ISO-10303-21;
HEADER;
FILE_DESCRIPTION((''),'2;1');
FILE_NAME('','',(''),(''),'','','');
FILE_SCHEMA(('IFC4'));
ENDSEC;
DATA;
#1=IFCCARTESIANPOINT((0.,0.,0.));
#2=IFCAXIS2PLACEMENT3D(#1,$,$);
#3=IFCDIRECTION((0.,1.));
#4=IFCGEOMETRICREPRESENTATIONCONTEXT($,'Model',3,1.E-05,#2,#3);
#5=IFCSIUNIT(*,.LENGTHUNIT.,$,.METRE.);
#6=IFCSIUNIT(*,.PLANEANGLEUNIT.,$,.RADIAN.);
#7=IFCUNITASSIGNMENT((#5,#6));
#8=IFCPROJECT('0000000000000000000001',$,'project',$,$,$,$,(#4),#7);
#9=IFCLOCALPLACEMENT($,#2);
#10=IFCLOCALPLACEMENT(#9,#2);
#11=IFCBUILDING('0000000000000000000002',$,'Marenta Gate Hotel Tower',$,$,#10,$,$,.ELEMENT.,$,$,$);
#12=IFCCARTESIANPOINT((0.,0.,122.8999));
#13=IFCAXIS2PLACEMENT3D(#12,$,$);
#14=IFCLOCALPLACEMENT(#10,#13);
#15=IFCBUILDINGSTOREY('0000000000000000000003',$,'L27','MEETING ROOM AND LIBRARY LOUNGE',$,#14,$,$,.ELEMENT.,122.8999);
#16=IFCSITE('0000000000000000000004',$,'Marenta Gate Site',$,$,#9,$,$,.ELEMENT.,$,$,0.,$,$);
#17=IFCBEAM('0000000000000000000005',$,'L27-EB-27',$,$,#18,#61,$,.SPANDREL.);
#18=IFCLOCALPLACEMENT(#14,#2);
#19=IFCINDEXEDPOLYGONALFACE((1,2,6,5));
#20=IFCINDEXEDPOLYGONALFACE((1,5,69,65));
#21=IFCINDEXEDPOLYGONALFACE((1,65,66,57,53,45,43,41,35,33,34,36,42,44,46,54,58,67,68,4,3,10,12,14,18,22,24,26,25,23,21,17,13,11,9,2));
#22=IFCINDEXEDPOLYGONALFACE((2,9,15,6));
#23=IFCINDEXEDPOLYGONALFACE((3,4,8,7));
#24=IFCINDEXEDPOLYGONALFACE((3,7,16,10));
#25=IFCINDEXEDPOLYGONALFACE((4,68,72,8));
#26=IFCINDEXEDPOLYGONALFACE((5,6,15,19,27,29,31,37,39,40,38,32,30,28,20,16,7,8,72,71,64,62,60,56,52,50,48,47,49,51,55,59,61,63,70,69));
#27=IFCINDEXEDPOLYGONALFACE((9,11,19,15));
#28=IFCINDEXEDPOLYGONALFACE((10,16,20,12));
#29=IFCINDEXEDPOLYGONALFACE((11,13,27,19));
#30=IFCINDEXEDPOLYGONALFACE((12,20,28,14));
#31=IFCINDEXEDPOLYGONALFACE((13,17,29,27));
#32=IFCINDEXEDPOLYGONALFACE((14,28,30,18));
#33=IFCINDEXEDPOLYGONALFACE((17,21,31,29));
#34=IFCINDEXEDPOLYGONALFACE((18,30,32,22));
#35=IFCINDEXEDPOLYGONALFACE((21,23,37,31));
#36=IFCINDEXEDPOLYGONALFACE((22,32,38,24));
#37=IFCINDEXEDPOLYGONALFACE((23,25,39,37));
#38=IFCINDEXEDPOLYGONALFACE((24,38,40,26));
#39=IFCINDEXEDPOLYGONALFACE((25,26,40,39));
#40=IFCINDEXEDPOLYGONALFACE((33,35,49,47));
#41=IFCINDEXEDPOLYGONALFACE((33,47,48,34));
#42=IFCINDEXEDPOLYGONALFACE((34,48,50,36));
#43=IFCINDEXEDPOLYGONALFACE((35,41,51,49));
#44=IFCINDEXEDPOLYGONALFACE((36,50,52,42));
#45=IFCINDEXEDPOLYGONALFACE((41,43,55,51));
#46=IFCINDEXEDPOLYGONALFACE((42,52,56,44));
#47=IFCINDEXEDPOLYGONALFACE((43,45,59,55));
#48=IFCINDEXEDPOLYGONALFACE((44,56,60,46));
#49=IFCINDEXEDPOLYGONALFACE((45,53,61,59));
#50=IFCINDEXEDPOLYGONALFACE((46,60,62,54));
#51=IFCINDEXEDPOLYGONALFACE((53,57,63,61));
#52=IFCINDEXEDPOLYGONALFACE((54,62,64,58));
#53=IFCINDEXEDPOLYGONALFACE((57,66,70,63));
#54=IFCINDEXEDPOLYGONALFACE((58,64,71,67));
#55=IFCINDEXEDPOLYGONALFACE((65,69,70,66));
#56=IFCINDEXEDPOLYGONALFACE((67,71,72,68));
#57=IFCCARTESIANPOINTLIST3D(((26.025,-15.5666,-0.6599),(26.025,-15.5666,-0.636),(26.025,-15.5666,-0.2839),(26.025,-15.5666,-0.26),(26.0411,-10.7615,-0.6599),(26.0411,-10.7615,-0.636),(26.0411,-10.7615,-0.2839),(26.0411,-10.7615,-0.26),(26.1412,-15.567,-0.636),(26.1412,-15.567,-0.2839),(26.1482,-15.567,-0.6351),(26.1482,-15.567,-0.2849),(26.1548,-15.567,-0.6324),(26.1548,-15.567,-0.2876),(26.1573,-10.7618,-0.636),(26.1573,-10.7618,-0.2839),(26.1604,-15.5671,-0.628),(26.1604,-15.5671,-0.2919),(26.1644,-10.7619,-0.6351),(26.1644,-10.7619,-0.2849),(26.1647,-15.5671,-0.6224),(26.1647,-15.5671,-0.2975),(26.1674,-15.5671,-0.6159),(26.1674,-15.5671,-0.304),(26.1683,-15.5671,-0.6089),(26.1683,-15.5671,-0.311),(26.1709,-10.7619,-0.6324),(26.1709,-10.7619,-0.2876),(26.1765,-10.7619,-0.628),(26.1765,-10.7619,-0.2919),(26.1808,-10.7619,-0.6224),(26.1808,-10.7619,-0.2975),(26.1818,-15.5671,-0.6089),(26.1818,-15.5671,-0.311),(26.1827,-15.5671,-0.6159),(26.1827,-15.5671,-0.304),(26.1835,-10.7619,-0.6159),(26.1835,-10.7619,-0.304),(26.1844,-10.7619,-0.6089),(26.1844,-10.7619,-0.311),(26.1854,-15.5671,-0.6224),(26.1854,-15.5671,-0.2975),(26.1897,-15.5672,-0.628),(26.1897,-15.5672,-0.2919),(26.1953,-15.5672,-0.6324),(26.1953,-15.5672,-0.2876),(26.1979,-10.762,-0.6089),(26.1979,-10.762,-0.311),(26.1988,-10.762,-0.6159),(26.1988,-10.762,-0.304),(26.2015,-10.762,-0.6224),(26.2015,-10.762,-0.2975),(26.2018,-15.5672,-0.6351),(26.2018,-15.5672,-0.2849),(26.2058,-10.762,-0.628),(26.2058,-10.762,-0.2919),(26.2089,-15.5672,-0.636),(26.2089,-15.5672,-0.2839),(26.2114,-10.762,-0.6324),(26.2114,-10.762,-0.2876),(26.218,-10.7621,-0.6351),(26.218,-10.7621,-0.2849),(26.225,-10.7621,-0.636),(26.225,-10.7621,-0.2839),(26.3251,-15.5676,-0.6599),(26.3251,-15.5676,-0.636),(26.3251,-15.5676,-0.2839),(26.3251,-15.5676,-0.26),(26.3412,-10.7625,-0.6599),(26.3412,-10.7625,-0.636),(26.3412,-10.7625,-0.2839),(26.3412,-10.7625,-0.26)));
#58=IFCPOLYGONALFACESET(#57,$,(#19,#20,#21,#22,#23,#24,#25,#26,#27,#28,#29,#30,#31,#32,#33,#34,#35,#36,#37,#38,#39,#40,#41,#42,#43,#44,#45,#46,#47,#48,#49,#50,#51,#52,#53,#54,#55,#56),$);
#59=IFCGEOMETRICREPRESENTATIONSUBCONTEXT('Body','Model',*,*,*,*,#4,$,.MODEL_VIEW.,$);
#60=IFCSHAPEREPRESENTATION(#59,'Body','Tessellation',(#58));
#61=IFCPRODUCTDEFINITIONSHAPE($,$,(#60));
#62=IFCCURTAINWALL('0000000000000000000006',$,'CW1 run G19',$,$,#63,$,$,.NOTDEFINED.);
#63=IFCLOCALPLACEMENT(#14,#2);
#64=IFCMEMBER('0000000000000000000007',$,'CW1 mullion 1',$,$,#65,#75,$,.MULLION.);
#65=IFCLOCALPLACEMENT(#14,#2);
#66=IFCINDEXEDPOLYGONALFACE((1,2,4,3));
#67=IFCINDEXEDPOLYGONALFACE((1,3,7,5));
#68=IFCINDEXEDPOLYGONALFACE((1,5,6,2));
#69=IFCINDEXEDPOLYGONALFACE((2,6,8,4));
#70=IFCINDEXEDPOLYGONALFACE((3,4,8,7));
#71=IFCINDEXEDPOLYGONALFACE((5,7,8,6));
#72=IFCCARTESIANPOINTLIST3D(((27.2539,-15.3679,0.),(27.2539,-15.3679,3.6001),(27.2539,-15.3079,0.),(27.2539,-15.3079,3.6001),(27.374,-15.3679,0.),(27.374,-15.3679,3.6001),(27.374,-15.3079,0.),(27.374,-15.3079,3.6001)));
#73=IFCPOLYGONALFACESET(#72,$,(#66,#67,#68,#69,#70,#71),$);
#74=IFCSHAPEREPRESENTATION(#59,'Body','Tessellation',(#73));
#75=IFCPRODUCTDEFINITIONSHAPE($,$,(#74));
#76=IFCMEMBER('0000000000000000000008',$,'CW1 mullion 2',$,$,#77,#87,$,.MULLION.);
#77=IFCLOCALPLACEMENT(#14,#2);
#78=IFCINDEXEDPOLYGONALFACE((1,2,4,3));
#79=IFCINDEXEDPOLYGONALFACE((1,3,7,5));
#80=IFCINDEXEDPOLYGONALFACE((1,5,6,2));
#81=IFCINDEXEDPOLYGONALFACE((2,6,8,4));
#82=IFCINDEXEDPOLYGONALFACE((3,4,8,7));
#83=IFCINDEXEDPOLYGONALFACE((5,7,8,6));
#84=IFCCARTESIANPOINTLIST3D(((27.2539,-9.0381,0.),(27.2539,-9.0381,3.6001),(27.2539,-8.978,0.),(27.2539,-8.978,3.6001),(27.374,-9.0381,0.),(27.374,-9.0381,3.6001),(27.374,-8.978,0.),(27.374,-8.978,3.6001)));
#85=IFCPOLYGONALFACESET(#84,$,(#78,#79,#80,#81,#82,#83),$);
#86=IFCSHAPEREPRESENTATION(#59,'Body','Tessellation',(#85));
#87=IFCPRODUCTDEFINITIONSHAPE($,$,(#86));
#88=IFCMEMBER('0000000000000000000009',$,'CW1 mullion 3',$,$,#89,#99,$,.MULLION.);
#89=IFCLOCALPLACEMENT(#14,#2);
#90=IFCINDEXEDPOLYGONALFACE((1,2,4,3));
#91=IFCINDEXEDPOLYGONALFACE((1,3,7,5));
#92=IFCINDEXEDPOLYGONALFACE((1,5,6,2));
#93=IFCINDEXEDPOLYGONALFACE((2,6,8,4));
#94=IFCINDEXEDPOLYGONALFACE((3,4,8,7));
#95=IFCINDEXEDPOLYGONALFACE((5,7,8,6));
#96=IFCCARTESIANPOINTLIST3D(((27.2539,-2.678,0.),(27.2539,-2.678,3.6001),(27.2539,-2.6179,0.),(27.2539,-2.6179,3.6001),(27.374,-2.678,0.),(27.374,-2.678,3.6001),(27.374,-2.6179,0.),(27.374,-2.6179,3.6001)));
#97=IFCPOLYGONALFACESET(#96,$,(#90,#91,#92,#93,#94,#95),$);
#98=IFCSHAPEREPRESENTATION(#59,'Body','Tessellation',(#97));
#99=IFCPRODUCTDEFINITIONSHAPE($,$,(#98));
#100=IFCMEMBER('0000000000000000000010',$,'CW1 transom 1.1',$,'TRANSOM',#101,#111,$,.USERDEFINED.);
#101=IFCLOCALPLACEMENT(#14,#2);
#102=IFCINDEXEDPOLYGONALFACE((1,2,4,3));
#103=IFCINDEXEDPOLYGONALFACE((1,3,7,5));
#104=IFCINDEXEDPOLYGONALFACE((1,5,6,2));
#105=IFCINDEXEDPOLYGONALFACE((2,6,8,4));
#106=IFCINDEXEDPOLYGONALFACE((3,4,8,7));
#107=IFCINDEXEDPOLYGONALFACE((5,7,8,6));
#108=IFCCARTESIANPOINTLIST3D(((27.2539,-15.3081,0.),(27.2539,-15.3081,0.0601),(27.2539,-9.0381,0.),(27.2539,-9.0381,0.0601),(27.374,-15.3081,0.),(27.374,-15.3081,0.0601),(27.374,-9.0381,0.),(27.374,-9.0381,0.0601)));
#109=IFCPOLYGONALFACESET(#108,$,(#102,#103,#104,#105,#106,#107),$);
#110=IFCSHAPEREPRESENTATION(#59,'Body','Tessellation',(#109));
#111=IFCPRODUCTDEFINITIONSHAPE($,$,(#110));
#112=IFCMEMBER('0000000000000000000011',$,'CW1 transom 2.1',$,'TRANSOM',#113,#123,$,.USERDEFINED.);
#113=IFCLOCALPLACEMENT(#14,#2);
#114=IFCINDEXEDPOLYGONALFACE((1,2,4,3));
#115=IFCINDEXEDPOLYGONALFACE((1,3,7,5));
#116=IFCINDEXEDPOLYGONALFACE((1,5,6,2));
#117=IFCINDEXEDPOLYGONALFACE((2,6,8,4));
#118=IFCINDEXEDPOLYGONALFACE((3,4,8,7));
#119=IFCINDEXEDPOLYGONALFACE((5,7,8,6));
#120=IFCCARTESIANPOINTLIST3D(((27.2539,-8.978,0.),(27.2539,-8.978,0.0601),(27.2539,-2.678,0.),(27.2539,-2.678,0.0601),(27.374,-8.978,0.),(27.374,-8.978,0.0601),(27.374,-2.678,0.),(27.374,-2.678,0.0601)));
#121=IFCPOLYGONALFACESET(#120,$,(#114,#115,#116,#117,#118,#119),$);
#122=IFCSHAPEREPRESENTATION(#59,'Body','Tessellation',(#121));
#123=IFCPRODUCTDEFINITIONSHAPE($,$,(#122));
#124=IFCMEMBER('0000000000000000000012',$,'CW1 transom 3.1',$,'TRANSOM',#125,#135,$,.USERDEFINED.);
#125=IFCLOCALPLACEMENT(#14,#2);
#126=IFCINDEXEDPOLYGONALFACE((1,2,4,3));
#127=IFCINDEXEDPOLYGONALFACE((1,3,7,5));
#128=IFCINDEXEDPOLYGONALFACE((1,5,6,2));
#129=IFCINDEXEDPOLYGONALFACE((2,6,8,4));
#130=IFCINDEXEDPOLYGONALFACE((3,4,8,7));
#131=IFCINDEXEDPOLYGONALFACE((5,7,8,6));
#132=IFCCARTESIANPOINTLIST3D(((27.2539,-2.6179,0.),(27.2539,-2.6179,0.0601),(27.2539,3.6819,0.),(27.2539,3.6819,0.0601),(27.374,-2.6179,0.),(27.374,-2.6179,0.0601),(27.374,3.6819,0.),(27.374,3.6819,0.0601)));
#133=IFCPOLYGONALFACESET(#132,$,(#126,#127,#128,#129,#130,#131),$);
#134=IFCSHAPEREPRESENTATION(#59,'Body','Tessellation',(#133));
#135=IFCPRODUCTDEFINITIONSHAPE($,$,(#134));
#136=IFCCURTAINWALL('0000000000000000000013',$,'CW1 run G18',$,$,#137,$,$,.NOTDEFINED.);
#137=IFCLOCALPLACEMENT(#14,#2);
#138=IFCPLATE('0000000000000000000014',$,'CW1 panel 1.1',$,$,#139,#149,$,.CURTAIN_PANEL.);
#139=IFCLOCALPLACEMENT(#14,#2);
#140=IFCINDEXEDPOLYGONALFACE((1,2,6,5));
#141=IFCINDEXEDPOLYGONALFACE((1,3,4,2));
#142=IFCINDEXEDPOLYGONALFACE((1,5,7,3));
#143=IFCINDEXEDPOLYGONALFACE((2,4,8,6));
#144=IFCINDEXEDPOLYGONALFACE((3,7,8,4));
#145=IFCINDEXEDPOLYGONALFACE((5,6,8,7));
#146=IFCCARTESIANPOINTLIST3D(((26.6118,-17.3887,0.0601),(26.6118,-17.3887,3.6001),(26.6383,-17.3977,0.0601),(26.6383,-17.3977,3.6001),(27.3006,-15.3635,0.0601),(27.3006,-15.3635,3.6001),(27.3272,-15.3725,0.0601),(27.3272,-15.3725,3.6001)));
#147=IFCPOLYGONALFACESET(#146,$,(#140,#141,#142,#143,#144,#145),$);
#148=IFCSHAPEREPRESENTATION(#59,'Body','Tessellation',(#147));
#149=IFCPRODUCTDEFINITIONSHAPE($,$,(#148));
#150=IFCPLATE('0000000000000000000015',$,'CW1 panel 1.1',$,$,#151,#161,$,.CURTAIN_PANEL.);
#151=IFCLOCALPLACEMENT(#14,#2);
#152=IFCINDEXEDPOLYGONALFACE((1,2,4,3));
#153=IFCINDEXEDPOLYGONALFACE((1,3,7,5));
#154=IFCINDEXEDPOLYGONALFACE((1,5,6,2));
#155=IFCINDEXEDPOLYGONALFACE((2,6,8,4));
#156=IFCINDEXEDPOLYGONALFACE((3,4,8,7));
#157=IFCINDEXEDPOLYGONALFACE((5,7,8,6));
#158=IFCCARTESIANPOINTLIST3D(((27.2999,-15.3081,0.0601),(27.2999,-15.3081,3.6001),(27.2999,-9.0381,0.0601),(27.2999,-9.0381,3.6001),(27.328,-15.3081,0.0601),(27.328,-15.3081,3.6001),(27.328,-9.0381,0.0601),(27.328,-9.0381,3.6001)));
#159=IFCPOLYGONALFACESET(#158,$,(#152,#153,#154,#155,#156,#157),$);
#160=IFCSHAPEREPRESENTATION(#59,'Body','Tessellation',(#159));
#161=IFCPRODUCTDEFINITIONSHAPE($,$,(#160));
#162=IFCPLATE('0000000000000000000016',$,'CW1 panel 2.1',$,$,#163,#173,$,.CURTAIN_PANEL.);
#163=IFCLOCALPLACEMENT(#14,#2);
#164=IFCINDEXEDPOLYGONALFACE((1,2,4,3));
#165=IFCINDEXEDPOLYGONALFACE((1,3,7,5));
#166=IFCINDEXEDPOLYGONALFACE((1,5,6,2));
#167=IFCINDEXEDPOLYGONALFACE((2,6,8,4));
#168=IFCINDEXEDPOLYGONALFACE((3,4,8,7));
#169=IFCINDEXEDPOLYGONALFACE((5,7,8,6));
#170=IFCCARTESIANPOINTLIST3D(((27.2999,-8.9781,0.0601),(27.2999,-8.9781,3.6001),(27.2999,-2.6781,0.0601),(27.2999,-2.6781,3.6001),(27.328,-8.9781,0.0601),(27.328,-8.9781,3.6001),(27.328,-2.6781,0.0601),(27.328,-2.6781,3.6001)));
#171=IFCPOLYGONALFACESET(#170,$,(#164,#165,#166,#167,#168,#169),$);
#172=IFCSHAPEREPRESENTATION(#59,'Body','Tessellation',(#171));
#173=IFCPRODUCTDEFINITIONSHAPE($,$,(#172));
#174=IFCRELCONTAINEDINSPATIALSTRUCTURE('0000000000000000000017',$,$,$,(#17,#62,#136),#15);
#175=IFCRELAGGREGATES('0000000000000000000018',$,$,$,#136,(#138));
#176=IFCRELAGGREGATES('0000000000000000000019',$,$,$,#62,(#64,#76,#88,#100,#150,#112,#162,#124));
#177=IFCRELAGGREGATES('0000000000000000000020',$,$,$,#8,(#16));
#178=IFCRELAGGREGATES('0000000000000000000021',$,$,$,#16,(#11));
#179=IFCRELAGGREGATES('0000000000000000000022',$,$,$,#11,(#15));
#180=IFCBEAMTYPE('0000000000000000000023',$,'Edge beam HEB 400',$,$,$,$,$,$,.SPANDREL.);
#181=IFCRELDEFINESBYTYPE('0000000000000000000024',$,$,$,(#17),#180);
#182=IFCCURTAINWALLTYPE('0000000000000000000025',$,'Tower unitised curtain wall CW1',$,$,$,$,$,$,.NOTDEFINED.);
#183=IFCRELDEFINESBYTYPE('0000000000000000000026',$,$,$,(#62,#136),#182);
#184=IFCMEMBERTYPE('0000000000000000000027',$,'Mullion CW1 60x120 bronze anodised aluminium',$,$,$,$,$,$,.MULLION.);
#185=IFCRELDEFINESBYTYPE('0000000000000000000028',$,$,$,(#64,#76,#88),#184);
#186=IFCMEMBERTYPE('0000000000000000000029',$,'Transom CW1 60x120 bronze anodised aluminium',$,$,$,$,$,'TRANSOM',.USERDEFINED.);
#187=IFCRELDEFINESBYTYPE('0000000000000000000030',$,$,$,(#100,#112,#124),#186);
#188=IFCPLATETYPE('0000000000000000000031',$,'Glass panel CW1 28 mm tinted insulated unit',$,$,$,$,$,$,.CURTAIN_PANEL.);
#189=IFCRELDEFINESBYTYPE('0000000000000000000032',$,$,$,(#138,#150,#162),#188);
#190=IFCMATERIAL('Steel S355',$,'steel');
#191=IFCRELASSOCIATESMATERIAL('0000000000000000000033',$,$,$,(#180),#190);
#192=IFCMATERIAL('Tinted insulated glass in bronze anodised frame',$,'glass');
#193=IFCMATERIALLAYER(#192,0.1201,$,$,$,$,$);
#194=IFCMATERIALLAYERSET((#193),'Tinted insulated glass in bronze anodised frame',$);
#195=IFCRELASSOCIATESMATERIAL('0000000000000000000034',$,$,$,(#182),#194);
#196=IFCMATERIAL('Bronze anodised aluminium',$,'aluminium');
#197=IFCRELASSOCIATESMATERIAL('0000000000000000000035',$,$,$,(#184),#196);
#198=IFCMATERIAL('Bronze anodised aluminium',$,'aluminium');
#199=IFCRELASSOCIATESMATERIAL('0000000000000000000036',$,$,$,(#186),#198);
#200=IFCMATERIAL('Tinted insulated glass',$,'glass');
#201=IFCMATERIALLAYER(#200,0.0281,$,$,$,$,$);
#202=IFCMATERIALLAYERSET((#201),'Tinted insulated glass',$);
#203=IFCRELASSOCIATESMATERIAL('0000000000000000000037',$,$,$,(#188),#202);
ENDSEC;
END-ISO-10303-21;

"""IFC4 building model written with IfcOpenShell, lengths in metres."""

from ifc_helpers import new_model, si_unit, direction, frame, origin, origin_2d, place, context, subcontext, project, spatial, rectangle, i_section, extrude, material, layer, layer_set, material_profile, profile_set, type_object, element, aggregate, save


model = new_model("IFC4")

# Units and contexts
model_context = context("Model", 3, precision=1e-05, world=origin(), true_north=direction((0.0, 1.0)))
body_context = subcontext(model_context, "Body", "Model", "MODEL_VIEW")
ifc_project = project(units=[si_unit("LENGTHUNIT", "METRE"), si_unit("PLANEANGLEUNIT", "RADIAN")], contexts=[model_context])

# Site, building, storey
site_placement = place(None, origin())
site = spatial("IfcSite", under=ifc_project, at=site_placement, Name="Marenta Gate Site", CompositionType="ELEMENT", RefElevation=0.0)
building_placement = place(site_placement, origin())
building = spatial("IfcBuilding", under=site, at=building_placement, Name="Marenta Gate Hotel Tower", CompositionType="ELEMENT")
storey_placement = place(building_placement, frame((0.0, 0.0, 122.8999)))
storey = spatial("IfcBuildingStorey", under=building, at=storey_placement, Name="L27", Description="MEETING ROOM AND LIBRARY LOUNGE", CompositionType="ELEMENT", Elevation=122.8999)

# Beam
ifc_material_1 = material(Name="Steel S355", Category="steel")
ifc_material_profile_1 = material_profile(ifc_material_1, i_section(OverallWidth=0.3, OverallDepth=0.3999, WebThickness=0.0134, FlangeThickness=0.0239, FilletRadius=0.0271, at=origin_2d()), Name="HEB 400")
ifc_profile_set_1 = profile_set([ifc_material_profile_1], Name="Steel S355")
beam_type = type_object("IfcBeamType", Name="Edge beam HEB 400", PredefinedType="SPANDREL", material=ifc_profile_set_1)
beam_1_placement = place(storey_placement, frame((26.1912, -10.762, -0.46), z_axis=(-0.003353, -0.999994, 0.0), x_axis=(0.999994, -0.003353, 0.0)))
element("IfcBeam", 1, at=beam_1_placement, inside=storey, type_object=beam_type, Name="L27-EB-27", PredefinedType="SPANDREL", context=body_context, shape_type="SweptSolid", body=[
    extrude(i_section(OverallWidth=0.3, OverallDepth=0.3999, WebThickness=0.0134, FlangeThickness=0.0239, FilletRadius=0.0271, at=origin_2d()), origin(), (0.0, 0.0, 1.0), 4.8052),
])

# Curtain wall, members
ifc_material_2 = material(Name="Tinted insulated glass in bronze anodised frame", Category="glass")
ifc_layer_1 = layer(ifc_material_2, 0.1201)
ifc_layer_set_1 = layer_set([ifc_layer_1], Name="Tinted insulated glass in bronze anodised frame")
curtain_wall_type = type_object("IfcCurtainWallType", Name="Tower unitised curtain wall CW1", PredefinedType="NOTDEFINED", material=ifc_layer_set_1)
curtain_wall_1_placement = place(storey_placement, origin())
curtain_wall_1 = element("IfcCurtainWall", 2, at=curtain_wall_1_placement, inside=storey, type_object=curtain_wall_type, Name="CW1 run G19", PredefinedType="NOTDEFINED")
ifc_material_3 = material(Name="Bronze anodised aluminium", Category="aluminium")
ifc_material_profile_2 = material_profile(ifc_material_3, rectangle(XDim=0.1201, YDim=0.0601, at=origin_2d()), Name="Mullion CW1 60x120 bronze anodised aluminium")
ifc_profile_set_2 = profile_set([ifc_material_profile_2], Name="Bronze anodised aluminium")
member_type_1 = type_object("IfcMemberType", Name="Mullion CW1 60x120 bronze anodised aluminium", PredefinedType="MULLION", material=ifc_profile_set_2)
member_1_placement = place(storey_placement, frame((27.314, -15.3379, 0.0), z_axis=(0.0, 0.0, 1.0), x_axis=(-1.0, 0.0, 0.0)))
member_1 = element("IfcMember", 3, at=member_1_placement, type_object=member_type_1, Name="CW1 mullion 1", PredefinedType="MULLION", context=body_context, shape_type="SweptSolid", body=[
    extrude(rectangle(XDim=0.1201, YDim=0.0601, at=origin_2d()), origin(), (0.0, 0.0, 1.0), 3.6001),
])
member_2_placement = place(storey_placement, frame((27.314, -9.0081, 0.0), z_axis=(0.0, 0.0, 1.0), x_axis=(-1.0, 0.0, 0.0)))
member_2 = element("IfcMember", 4, at=member_2_placement, type_object=member_type_1, Name="CW1 mullion 2", PredefinedType="MULLION", context=body_context, shape_type="SweptSolid", body=[
    extrude(rectangle(XDim=0.1201, YDim=0.0601, at=origin_2d()), origin(), (0.0, 0.0, 1.0), 3.6001),
])
member_3_placement = place(storey_placement, frame((27.314, -2.6479, 0.0), z_axis=(0.0, 0.0, 1.0), x_axis=(-1.0, 0.0, 0.0)))
member_3 = element("IfcMember", 5, at=member_3_placement, type_object=member_type_1, Name="CW1 mullion 3", PredefinedType="MULLION", context=body_context, shape_type="SweptSolid", body=[
    extrude(rectangle(XDim=0.1201, YDim=0.0601, at=origin_2d()), origin(), (0.0, 0.0, 1.0), 3.6001),
])
ifc_material_4 = material(Name="Bronze anodised aluminium", Category="aluminium")
ifc_material_profile_3 = material_profile(ifc_material_4, rectangle(XDim=0.1201, YDim=0.0601, at=origin_2d()), Name="Transom CW1 60x120 bronze anodised aluminium")
ifc_profile_set_3 = profile_set([ifc_material_profile_3], Name="Bronze anodised aluminium")
member_type_2 = type_object("IfcMemberType", Name="Transom CW1 60x120 bronze anodised aluminium", ElementType="TRANSOM", PredefinedType="USERDEFINED", material=ifc_profile_set_3)
member_4_placement = place(storey_placement, frame((27.314, -15.3081, 0.03), z_axis=(0.0, 1.0, 0.0), x_axis=(-1.0, 0.0, 0.0)))
member_4 = element("IfcMember", 6, at=member_4_placement, type_object=member_type_2, Name="CW1 transom 1.1", ObjectType="TRANSOM", PredefinedType="USERDEFINED", context=body_context, shape_type="SweptSolid", body=[
    extrude(rectangle(XDim=0.1201, YDim=0.0601, at=origin_2d()), origin(), (0.0, 0.0, 1.0), 6.27),
])
member_5_placement = place(storey_placement, frame((27.314, -8.978, 0.03), z_axis=(0.0, 1.0, 0.0), x_axis=(-1.0, 0.0, 0.0)))
member_5 = element("IfcMember", 7, at=member_5_placement, type_object=member_type_2, Name="CW1 transom 2.1", ObjectType="TRANSOM", PredefinedType="USERDEFINED", context=body_context, shape_type="SweptSolid", body=[
    extrude(rectangle(XDim=0.1201, YDim=0.0601, at=origin_2d()), origin(), (0.0, 0.0, 1.0), 6.3),
])
member_6_placement = place(storey_placement, frame((27.314, -2.6179, 0.03), z_axis=(0.0, 1.0, 0.0), x_axis=(-1.0, 0.0, 0.0)))
member_6 = element("IfcMember", 8, at=member_6_placement, type_object=member_type_2, Name="CW1 transom 3.1", ObjectType="TRANSOM", PredefinedType="USERDEFINED", context=body_context, shape_type="SweptSolid", body=[
    extrude(rectangle(XDim=0.1201, YDim=0.0601, at=origin_2d()), origin(), (0.0, 0.0, 1.0), 6.2998),
])

# Curtain wall, plate
curtain_wall_2_placement = place(storey_placement, origin())
curtain_wall_2 = element("IfcCurtainWall", 9, at=curtain_wall_2_placement, inside=storey, type_object=curtain_wall_type, Name="CW1 run G18", PredefinedType="NOTDEFINED")
ifc_material_5 = material(Name="Tinted insulated glass", Category="glass")
ifc_layer_2 = layer(ifc_material_5, 0.0281)
ifc_layer_set_2 = layer_set([ifc_layer_2], Name="Tinted insulated glass")
plate_type = type_object("IfcPlateType", Name="Glass panel CW1 28 mm tinted insulated unit", PredefinedType="CURTAIN_PANEL", material=ifc_layer_set_2)
plate_1_placement = place(storey_placement, frame((26.9695, -16.3806, 0.0601), z_axis=(0.0, 0.0, 1.0), x_axis=(0.322033, 0.946728, 0.0)))
plate_1 = element("IfcPlate", 10, at=plate_1_placement, type_object=plate_type, Name="CW1 panel 1.1", PredefinedType="CURTAIN_PANEL", context=body_context, shape_type="SweptSolid", body=[
    extrude(rectangle(XDim=2.1392, YDim=0.0281, at=origin_2d()), origin(), (0.0, 0.0, 1.0), 3.54),
])
aggregate(curtain_wall_2, [plate_1])

# Plates
plate_2_placement = place(storey_placement, frame((27.314, -12.1731, 0.0601), z_axis=(0.0, 0.0, 1.0), x_axis=(0.0, 1.0, 0.0)))
plate_2 = element("IfcPlate", 11, at=plate_2_placement, type_object=plate_type, Name="CW1 panel 1.1", PredefinedType="CURTAIN_PANEL", context=body_context, shape_type="SweptSolid", body=[
    extrude(rectangle(XDim=6.27, YDim=0.0281, at=origin_2d()), origin(), (0.0, 0.0, 1.0), 3.54),
])
plate_3_placement = place(storey_placement, frame((27.314, -5.8281, 0.0601), z_axis=(0.0, 0.0, 1.0), x_axis=(0.0, 1.0, 0.0)))
plate_3 = element("IfcPlate", 12, at=plate_3_placement, type_object=plate_type, Name="CW1 panel 2.1", PredefinedType="CURTAIN_PANEL", context=body_context, shape_type="SweptSolid", body=[
    extrude(rectangle(XDim=6.3, YDim=0.0281, at=origin_2d()), origin(), (0.0, 0.0, 1.0), 3.54),
])
aggregate(curtain_wall_1, [member_1, member_2, member_3, member_4, plate_2, member_5, plate_3, member_6])

save(model, "model.ifc")
